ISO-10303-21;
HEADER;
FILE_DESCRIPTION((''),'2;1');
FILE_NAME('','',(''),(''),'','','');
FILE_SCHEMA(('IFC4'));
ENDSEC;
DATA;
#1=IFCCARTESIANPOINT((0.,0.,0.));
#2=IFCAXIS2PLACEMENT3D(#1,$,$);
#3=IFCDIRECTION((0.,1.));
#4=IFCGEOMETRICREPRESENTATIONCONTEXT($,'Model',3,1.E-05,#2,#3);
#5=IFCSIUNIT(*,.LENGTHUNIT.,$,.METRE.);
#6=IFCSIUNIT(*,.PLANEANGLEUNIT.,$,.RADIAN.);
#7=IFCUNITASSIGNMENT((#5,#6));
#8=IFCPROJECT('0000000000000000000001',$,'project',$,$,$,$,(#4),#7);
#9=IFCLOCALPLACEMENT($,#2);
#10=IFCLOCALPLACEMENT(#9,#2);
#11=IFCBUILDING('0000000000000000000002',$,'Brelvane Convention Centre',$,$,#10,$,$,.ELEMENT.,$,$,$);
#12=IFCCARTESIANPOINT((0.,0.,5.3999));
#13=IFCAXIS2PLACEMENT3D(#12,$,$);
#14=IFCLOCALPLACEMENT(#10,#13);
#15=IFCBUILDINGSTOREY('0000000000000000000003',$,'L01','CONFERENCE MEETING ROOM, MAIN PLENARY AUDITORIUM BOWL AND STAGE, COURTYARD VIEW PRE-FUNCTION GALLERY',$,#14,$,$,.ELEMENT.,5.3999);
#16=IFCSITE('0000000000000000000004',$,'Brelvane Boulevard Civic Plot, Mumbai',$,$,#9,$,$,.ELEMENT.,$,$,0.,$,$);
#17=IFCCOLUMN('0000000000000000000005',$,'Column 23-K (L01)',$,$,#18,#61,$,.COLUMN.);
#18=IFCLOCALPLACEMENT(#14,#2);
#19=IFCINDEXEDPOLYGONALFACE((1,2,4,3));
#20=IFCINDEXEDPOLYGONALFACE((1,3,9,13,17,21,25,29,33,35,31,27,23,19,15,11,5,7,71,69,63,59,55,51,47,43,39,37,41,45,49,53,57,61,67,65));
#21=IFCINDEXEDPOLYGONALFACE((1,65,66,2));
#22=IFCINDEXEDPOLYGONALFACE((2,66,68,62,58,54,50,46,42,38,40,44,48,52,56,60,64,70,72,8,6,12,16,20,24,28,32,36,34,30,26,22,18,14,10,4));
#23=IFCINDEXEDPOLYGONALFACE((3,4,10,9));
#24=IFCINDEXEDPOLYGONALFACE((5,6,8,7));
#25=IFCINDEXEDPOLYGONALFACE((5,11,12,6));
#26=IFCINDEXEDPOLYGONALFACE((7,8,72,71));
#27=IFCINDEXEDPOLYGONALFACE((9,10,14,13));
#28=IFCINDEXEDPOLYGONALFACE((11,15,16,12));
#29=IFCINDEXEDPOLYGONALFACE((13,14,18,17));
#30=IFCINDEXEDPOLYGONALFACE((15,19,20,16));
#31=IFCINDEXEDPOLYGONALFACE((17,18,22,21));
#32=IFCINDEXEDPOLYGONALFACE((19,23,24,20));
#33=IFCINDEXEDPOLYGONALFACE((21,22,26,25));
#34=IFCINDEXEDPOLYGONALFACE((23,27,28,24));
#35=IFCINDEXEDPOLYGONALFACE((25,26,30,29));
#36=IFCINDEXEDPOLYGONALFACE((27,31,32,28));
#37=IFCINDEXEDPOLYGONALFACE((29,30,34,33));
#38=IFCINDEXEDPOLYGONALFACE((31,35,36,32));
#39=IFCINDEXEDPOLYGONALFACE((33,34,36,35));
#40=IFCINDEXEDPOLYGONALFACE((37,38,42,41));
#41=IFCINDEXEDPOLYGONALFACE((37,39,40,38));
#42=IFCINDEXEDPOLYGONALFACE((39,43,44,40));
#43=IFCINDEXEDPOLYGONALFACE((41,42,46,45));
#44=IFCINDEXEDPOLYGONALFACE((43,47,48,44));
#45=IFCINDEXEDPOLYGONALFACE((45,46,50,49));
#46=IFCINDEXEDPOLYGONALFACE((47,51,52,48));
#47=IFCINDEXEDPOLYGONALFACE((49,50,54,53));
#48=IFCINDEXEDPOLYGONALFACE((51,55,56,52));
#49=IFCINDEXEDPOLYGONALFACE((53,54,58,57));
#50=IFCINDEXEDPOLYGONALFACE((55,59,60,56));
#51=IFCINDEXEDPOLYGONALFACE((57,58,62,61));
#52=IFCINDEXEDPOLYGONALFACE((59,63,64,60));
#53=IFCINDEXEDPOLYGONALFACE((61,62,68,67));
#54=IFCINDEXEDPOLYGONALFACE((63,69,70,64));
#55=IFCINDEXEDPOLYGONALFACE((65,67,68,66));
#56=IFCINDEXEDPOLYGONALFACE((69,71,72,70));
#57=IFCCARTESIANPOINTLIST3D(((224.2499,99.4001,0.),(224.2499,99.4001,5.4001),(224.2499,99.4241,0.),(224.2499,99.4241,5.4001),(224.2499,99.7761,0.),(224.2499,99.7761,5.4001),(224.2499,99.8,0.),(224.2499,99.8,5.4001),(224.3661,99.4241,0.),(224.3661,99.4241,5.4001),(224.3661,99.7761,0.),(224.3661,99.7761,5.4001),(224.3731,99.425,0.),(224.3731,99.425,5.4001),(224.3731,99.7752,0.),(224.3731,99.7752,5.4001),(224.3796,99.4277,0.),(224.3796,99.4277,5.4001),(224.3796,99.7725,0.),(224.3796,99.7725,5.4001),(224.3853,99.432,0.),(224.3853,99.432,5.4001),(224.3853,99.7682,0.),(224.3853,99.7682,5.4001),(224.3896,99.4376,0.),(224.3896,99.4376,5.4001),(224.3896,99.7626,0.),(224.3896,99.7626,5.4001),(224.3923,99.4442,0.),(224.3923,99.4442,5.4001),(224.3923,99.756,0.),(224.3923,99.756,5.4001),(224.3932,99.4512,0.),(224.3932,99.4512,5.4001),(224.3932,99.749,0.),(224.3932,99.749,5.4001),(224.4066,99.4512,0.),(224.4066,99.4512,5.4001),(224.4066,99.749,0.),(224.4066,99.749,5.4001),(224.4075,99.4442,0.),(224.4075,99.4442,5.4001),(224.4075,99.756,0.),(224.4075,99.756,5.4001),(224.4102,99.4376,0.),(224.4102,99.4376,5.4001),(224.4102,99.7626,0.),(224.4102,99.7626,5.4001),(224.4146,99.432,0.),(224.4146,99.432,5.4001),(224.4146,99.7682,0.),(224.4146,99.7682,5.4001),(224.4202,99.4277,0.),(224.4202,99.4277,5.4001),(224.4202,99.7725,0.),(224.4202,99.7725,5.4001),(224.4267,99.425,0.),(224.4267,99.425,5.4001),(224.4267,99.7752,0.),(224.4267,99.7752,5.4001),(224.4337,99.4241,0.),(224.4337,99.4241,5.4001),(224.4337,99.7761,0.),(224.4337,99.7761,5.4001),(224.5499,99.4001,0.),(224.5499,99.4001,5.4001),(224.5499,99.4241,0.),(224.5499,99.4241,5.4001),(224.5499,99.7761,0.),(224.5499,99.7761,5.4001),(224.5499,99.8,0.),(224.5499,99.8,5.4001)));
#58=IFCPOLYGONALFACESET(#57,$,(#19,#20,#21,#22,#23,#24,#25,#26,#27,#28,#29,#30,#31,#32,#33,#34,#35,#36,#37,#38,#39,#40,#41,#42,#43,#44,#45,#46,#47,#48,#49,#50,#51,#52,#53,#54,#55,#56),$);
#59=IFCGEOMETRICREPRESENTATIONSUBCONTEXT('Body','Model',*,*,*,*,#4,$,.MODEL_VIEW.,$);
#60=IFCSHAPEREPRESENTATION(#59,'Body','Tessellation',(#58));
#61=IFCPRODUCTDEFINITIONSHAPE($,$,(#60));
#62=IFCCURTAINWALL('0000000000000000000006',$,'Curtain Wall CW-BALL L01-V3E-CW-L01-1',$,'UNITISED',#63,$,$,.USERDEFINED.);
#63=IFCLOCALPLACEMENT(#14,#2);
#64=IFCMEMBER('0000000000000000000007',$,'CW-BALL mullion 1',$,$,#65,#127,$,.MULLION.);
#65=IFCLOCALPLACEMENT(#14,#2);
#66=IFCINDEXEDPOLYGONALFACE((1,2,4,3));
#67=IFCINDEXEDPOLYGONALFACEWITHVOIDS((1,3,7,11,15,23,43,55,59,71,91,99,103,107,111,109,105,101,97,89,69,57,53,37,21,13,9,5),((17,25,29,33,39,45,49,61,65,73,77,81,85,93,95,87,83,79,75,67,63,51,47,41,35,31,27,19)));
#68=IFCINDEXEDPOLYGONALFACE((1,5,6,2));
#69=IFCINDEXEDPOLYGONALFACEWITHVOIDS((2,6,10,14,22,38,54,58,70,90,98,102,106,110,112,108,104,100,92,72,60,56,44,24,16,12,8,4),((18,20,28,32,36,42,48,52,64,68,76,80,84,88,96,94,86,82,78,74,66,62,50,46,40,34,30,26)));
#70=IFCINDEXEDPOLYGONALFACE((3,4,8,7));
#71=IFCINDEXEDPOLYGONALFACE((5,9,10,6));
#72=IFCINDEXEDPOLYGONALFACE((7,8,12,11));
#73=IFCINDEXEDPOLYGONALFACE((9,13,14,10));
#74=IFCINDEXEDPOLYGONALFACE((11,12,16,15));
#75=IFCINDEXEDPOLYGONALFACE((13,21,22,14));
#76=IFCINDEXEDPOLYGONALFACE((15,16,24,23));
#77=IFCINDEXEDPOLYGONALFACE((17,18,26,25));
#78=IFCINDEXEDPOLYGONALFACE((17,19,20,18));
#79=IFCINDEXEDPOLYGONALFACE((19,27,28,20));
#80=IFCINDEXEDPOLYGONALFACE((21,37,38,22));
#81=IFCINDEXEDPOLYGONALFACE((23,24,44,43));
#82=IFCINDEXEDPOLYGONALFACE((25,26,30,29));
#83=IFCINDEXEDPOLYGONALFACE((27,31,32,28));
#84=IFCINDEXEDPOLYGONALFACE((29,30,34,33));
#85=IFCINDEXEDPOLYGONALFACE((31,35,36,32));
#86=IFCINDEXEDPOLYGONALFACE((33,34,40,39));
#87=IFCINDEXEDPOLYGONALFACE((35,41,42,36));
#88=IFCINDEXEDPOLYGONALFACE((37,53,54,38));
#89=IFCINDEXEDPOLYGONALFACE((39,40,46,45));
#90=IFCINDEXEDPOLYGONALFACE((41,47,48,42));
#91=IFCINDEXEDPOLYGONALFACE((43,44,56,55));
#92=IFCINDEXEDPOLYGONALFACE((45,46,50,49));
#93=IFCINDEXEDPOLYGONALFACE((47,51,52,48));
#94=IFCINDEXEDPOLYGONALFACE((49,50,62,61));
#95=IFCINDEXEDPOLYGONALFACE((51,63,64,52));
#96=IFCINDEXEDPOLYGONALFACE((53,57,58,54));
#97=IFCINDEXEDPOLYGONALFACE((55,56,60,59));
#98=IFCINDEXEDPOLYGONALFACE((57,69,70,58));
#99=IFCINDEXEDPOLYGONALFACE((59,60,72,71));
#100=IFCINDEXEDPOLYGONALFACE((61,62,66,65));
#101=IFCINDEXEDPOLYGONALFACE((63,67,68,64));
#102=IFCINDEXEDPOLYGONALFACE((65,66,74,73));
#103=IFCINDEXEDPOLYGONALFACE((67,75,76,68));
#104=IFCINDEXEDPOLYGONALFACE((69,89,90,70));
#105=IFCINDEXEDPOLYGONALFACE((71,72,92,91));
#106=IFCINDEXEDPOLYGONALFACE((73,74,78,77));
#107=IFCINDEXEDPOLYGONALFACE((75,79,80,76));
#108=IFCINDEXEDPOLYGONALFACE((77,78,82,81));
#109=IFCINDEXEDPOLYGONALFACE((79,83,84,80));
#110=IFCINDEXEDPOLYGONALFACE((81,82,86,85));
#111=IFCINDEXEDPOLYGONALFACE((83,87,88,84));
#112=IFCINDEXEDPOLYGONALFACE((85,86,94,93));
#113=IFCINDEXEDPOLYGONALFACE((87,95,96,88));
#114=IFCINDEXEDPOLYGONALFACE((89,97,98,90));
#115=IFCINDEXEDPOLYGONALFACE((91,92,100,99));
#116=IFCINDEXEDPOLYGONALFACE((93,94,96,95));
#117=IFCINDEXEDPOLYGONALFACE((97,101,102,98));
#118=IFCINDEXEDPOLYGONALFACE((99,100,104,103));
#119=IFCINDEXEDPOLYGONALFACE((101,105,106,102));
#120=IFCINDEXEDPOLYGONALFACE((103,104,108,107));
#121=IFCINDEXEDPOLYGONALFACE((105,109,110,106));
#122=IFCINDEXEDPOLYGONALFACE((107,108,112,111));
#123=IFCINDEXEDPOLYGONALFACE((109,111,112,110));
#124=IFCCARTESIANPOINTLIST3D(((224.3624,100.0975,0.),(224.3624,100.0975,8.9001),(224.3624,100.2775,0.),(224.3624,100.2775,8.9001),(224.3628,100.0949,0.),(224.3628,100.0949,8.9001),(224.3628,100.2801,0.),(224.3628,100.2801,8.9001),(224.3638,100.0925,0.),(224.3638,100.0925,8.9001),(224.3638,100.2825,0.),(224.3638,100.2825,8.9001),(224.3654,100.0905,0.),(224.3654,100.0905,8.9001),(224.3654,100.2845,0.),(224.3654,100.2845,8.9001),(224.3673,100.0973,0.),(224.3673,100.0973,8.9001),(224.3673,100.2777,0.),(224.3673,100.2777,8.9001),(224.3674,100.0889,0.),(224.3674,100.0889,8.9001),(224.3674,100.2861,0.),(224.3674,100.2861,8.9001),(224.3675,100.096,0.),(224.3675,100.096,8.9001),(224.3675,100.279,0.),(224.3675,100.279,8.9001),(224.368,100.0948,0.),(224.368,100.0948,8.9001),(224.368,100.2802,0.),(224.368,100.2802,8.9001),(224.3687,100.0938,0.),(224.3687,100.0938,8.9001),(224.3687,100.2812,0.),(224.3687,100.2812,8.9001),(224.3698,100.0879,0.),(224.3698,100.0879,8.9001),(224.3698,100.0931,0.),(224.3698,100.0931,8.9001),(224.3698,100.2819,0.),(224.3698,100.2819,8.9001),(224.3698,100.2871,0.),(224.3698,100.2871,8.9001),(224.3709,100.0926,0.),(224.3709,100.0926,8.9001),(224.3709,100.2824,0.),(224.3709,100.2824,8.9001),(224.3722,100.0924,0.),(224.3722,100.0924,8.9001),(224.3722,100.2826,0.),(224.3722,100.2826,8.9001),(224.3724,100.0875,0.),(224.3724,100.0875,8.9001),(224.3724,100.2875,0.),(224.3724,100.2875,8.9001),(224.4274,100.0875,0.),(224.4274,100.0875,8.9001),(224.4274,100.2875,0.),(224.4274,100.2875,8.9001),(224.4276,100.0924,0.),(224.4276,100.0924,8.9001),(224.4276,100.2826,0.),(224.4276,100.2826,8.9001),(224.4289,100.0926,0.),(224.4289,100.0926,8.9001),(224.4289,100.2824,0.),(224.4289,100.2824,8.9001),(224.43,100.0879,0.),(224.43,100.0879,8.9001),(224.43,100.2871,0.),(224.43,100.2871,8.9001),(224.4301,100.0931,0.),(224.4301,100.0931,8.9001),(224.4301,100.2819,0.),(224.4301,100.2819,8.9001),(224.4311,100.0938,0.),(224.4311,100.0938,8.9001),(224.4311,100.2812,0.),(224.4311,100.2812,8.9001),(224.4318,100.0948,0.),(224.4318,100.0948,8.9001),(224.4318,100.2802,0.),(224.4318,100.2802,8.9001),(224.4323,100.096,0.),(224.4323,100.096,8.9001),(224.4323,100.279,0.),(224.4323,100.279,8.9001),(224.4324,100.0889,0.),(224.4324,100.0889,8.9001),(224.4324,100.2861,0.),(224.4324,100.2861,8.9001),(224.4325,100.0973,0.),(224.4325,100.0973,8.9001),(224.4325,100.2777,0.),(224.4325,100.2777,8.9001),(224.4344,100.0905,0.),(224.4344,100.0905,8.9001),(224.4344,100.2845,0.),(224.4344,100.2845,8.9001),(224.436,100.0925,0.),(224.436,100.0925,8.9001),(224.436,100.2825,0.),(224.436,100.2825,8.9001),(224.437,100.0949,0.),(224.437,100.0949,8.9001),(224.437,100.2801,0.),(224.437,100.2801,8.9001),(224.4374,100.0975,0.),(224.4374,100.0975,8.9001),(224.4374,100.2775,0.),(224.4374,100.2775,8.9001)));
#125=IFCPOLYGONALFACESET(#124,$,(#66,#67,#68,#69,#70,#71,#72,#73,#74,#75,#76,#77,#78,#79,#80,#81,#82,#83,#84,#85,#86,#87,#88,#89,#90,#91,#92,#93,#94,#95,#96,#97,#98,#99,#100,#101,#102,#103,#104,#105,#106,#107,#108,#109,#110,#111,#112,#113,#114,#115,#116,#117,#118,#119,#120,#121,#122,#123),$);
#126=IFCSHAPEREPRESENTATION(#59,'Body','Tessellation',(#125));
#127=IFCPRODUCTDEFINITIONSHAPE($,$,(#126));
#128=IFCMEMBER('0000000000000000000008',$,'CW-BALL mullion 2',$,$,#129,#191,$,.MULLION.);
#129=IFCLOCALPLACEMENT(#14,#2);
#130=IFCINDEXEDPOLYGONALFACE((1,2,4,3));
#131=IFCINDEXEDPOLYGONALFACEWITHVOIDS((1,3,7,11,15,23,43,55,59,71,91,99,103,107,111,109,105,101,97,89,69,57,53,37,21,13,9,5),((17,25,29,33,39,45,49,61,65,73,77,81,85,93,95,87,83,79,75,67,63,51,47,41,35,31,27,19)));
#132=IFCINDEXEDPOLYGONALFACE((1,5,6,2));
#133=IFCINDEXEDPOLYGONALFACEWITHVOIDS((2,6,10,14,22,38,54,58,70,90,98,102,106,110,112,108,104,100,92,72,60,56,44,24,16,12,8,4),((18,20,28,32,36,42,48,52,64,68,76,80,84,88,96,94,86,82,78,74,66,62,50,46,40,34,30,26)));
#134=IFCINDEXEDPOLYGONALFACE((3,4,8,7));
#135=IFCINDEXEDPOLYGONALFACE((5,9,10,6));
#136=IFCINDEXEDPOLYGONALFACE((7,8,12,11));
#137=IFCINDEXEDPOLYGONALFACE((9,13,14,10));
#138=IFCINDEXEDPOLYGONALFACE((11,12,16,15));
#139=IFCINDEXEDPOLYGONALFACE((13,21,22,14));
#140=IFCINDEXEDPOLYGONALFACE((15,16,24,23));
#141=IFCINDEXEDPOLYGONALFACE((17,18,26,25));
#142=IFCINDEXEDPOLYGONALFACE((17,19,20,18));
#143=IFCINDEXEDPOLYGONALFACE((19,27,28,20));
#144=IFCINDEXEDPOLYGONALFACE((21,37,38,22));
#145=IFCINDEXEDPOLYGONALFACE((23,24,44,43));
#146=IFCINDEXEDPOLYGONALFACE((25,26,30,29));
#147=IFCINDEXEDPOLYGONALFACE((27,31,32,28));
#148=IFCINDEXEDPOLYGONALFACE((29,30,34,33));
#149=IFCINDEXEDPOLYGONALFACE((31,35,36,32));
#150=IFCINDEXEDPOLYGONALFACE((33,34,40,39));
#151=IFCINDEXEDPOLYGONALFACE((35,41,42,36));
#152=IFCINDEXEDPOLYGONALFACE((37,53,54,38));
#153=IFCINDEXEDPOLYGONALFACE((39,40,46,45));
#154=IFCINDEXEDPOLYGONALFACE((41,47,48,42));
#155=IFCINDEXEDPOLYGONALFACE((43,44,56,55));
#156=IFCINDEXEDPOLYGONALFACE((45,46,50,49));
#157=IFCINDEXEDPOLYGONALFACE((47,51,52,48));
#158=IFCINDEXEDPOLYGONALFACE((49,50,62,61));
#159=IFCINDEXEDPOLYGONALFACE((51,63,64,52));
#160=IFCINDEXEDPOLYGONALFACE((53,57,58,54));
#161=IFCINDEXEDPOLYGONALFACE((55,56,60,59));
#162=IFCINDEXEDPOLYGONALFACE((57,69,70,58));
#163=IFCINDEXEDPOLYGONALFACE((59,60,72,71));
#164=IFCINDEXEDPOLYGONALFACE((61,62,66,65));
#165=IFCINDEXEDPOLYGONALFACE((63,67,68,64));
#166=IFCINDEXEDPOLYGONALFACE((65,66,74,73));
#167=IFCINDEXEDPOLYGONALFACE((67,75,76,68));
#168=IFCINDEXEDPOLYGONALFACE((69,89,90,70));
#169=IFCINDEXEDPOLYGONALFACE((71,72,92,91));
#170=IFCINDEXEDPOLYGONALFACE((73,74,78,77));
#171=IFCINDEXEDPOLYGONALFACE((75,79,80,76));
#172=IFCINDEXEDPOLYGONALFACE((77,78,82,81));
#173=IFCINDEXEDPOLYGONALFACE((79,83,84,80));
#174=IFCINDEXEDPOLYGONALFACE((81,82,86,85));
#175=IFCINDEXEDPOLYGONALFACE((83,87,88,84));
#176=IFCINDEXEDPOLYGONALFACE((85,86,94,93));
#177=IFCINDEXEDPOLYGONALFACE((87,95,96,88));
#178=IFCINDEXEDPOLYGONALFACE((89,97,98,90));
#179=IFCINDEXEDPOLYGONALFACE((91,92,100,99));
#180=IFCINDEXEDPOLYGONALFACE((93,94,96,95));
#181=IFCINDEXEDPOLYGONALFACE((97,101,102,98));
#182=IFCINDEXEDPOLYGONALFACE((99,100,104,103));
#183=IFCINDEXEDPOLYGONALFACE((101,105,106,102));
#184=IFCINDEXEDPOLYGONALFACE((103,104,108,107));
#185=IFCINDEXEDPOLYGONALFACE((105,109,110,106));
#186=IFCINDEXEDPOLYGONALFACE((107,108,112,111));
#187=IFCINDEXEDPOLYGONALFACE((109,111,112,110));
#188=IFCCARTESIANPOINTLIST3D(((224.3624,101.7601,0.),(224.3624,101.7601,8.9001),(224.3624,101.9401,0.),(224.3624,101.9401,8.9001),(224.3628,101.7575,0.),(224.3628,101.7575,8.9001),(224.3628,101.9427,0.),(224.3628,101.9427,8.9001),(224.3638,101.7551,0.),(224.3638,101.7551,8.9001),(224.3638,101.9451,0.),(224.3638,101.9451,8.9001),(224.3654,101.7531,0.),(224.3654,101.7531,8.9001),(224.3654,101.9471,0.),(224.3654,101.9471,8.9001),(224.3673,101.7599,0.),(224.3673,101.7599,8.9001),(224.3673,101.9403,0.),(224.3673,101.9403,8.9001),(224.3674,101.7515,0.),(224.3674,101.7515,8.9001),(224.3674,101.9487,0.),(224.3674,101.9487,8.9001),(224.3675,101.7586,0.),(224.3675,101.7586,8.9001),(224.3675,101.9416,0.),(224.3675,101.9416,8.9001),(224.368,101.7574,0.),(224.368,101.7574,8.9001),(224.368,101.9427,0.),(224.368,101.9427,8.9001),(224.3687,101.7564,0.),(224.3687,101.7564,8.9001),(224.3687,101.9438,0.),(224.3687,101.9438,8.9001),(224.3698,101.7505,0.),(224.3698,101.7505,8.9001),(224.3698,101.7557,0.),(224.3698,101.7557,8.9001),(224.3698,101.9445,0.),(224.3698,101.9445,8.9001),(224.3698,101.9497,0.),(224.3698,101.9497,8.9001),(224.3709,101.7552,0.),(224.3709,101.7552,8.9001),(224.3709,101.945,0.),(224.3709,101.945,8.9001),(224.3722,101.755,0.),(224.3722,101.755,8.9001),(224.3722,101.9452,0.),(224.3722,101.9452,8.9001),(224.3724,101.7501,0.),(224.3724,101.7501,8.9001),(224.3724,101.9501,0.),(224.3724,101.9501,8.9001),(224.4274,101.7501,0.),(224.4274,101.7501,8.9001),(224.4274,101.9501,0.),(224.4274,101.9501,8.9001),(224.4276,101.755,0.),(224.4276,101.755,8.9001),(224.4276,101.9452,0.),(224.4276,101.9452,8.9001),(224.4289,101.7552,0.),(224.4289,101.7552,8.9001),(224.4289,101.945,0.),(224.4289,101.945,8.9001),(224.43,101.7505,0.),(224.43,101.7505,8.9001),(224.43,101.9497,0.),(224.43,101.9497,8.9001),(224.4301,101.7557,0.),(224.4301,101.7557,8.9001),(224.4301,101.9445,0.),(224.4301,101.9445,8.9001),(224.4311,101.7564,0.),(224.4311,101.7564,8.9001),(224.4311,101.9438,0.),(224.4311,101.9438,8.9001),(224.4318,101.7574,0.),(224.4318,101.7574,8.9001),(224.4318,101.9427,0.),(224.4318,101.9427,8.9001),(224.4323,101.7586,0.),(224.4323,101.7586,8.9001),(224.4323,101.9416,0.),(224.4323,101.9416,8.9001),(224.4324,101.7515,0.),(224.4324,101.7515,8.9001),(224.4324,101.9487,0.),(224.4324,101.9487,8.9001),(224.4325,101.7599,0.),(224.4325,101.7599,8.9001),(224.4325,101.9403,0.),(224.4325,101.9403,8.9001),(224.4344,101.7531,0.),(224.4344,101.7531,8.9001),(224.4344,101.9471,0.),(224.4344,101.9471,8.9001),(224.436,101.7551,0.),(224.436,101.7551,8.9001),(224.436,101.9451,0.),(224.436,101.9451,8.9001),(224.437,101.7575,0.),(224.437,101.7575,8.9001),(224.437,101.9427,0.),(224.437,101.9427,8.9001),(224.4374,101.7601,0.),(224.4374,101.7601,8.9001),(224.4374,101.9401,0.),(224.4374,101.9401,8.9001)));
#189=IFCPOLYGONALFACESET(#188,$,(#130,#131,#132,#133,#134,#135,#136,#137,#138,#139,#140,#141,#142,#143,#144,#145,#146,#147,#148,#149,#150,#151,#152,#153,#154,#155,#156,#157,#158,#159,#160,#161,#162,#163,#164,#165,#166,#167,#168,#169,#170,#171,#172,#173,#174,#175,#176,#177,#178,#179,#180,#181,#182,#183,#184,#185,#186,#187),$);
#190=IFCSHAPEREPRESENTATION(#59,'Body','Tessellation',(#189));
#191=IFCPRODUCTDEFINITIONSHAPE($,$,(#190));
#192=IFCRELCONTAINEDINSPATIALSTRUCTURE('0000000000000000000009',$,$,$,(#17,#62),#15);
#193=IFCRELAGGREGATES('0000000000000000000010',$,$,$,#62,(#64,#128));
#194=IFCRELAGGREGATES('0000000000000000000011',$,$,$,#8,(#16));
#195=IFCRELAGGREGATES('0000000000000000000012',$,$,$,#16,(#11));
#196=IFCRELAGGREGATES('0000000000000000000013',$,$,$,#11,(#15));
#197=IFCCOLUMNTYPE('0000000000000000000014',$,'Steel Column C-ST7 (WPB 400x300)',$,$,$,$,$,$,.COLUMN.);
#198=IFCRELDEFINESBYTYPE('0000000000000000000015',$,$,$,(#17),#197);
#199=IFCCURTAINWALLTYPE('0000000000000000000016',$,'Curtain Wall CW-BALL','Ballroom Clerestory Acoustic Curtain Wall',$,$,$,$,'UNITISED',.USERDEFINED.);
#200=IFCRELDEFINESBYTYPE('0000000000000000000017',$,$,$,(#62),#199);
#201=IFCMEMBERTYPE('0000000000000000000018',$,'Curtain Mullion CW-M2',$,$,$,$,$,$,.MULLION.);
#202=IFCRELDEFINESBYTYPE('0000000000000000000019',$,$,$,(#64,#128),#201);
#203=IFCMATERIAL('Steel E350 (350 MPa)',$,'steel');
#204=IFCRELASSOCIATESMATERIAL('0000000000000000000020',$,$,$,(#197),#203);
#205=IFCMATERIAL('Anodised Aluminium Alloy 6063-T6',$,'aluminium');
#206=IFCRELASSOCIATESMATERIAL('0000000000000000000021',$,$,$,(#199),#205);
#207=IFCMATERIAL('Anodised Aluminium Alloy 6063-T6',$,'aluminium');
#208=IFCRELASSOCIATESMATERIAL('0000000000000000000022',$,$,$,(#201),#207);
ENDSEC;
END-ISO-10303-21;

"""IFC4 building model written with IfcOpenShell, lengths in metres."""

from ifc_helpers import new_model, si_unit, direction, frame, origin, origin_2d, place, context, subcontext, project, spatial, hollow_rectangle, i_section, extrude, material, material_profile, profile_set, type_object, element, aggregate, save


model = new_model("IFC4")

# Units and contexts
model_context = context("Model", 3, precision=1e-05, world=origin(), true_north=direction((0.0, 1.0)))
body_context = subcontext(model_context, "Body", "Model", "MODEL_VIEW")
ifc_project = project(units=[si_unit("LENGTHUNIT", "METRE"), si_unit("PLANEANGLEUNIT", "RADIAN")], contexts=[model_context])

# Site, building, storey
site_placement = place(None, origin())
site = spatial("IfcSite", under=ifc_project, at=site_placement, Name="Brelvane Boulevard Civic Plot, Mumbai", CompositionType="ELEMENT", RefElevation=0.0)
building_placement = place(site_placement, origin())
building = spatial("IfcBuilding", under=site, at=building_placement, Name="Brelvane Convention Centre", CompositionType="ELEMENT")
storey_placement = place(building_placement, frame((0.0, 0.0, 5.3999)))
storey = spatial("IfcBuildingStorey", under=building, at=storey_placement, Name="L01", Description="CONFERENCE MEETING ROOM, MAIN PLENARY AUDITORIUM BOWL AND STAGE, COURTYARD VIEW PRE-FUNCTION GALLERY", CompositionType="ELEMENT", Elevation=5.3999)

# Column
ifc_material_1 = material(Name="Steel E350 (350 MPa)", Category="steel")
ifc_material_profile_1 = material_profile(ifc_material_1, i_section(OverallWidth=0.3, OverallDepth=0.3999, WebThickness=0.0134, FlangeThickness=0.0239, FilletRadius=0.0271, at=origin_2d()), Name="WPB 400x300")
ifc_profile_set_1 = profile_set([ifc_material_profile_1], Name="Steel E350 (350 MPa)")
column_type = type_object("IfcColumnType", Name="Steel Column C-ST7 (WPB 400x300)", PredefinedType="COLUMN", material=ifc_profile_set_1)
column_placement = place(storey_placement, frame((224.3999, 99.6001, 0.0), z_axis=(0.0, 0.0, 1.0), x_axis=(1.0, 0.0, 0.0)))
element("IfcColumn", 1, at=column_placement, inside=storey, type_object=column_type, Name="Column 23-K (L01)", PredefinedType="COLUMN", context=body_context, shape_type="SweptSolid", body=[
    extrude(i_section(OverallWidth=0.3, OverallDepth=0.3999, WebThickness=0.0134, FlangeThickness=0.0239, FilletRadius=0.0271, at=origin_2d()), origin(), (0.0, 0.0, 1.0), 5.4001),
])

# Curtain wall, members
ifc_material_2 = material(Name="Anodised Aluminium Alloy 6063-T6", Category="aluminium")
curtain_wall_type = type_object("IfcCurtainWallType", Name="Curtain Wall CW-BALL", Description="Ballroom Clerestory Acoustic Curtain Wall", ElementType="UNITISED", PredefinedType="USERDEFINED", material=ifc_material_2)
curtain_wall_placement = place(storey_placement, origin())
curtain_wall = element("IfcCurtainWall", 2, at=curtain_wall_placement, inside=storey, type_object=curtain_wall_type, Name="Curtain Wall CW-BALL L01-V3E-CW-L01-1", ObjectType="UNITISED", PredefinedType="USERDEFINED")
ifc_material_3 = material(Name="Anodised Aluminium Alloy 6063-T6", Category="aluminium")
ifc_material_profile_2 = material_profile(ifc_material_3, hollow_rectangle(XDim=0.075, YDim=0.2, WallThickness=0.0049, InnerFilletRadius=0.0049, OuterFilletRadius=0.01, at=origin_2d()), Name="ALU-M 200x75x5.0")
ifc_profile_set_2 = profile_set([ifc_material_profile_2], Name="Anodised Aluminium Alloy 6063-T6")
member_type_1 = type_object("IfcMemberType", Name="Curtain Mullion CW-M2", PredefinedType="MULLION", material=ifc_profile_set_2)
member_1_placement = place(storey_placement, frame((224.3999, 100.1875, 0.0), z_axis=(0.0, 0.0, 1.0), x_axis=(-1.0, 0.0, 0.0)))
member_1 = element("IfcMember", 3, at=member_1_placement, type_object=member_type_1, Name="CW-BALL mullion 1", PredefinedType="MULLION", context=body_context, shape_type="SweptSolid", body=[
    extrude(hollow_rectangle(XDim=0.075, YDim=0.2, WallThickness=0.0049, InnerFilletRadius=0.0049, OuterFilletRadius=0.01, at=origin_2d()), origin(), (0.0, 0.0, 1.0), 8.9001),
])
member_2_placement = place(storey_placement, frame((224.3999, 101.8501, 0.0), z_axis=(0.0, 0.0, 1.0), x_axis=(-1.0, 0.0, 0.0)))
member_2 = element("IfcMember", 4, at=member_2_placement, type_object=member_type_1, Name="CW-BALL mullion 2", PredefinedType="MULLION", context=body_context, shape_type="SweptSolid", body=[
    extrude(hollow_rectangle(XDim=0.075, YDim=0.2, WallThickness=0.0049, InnerFilletRadius=0.0049, OuterFilletRadius=0.01, at=origin_2d()), origin(), (0.0, 0.0, 1.0), 8.9001),
])

aggregate(curtain_wall, [member_1, member_2])

save(model, "model.ifc")
